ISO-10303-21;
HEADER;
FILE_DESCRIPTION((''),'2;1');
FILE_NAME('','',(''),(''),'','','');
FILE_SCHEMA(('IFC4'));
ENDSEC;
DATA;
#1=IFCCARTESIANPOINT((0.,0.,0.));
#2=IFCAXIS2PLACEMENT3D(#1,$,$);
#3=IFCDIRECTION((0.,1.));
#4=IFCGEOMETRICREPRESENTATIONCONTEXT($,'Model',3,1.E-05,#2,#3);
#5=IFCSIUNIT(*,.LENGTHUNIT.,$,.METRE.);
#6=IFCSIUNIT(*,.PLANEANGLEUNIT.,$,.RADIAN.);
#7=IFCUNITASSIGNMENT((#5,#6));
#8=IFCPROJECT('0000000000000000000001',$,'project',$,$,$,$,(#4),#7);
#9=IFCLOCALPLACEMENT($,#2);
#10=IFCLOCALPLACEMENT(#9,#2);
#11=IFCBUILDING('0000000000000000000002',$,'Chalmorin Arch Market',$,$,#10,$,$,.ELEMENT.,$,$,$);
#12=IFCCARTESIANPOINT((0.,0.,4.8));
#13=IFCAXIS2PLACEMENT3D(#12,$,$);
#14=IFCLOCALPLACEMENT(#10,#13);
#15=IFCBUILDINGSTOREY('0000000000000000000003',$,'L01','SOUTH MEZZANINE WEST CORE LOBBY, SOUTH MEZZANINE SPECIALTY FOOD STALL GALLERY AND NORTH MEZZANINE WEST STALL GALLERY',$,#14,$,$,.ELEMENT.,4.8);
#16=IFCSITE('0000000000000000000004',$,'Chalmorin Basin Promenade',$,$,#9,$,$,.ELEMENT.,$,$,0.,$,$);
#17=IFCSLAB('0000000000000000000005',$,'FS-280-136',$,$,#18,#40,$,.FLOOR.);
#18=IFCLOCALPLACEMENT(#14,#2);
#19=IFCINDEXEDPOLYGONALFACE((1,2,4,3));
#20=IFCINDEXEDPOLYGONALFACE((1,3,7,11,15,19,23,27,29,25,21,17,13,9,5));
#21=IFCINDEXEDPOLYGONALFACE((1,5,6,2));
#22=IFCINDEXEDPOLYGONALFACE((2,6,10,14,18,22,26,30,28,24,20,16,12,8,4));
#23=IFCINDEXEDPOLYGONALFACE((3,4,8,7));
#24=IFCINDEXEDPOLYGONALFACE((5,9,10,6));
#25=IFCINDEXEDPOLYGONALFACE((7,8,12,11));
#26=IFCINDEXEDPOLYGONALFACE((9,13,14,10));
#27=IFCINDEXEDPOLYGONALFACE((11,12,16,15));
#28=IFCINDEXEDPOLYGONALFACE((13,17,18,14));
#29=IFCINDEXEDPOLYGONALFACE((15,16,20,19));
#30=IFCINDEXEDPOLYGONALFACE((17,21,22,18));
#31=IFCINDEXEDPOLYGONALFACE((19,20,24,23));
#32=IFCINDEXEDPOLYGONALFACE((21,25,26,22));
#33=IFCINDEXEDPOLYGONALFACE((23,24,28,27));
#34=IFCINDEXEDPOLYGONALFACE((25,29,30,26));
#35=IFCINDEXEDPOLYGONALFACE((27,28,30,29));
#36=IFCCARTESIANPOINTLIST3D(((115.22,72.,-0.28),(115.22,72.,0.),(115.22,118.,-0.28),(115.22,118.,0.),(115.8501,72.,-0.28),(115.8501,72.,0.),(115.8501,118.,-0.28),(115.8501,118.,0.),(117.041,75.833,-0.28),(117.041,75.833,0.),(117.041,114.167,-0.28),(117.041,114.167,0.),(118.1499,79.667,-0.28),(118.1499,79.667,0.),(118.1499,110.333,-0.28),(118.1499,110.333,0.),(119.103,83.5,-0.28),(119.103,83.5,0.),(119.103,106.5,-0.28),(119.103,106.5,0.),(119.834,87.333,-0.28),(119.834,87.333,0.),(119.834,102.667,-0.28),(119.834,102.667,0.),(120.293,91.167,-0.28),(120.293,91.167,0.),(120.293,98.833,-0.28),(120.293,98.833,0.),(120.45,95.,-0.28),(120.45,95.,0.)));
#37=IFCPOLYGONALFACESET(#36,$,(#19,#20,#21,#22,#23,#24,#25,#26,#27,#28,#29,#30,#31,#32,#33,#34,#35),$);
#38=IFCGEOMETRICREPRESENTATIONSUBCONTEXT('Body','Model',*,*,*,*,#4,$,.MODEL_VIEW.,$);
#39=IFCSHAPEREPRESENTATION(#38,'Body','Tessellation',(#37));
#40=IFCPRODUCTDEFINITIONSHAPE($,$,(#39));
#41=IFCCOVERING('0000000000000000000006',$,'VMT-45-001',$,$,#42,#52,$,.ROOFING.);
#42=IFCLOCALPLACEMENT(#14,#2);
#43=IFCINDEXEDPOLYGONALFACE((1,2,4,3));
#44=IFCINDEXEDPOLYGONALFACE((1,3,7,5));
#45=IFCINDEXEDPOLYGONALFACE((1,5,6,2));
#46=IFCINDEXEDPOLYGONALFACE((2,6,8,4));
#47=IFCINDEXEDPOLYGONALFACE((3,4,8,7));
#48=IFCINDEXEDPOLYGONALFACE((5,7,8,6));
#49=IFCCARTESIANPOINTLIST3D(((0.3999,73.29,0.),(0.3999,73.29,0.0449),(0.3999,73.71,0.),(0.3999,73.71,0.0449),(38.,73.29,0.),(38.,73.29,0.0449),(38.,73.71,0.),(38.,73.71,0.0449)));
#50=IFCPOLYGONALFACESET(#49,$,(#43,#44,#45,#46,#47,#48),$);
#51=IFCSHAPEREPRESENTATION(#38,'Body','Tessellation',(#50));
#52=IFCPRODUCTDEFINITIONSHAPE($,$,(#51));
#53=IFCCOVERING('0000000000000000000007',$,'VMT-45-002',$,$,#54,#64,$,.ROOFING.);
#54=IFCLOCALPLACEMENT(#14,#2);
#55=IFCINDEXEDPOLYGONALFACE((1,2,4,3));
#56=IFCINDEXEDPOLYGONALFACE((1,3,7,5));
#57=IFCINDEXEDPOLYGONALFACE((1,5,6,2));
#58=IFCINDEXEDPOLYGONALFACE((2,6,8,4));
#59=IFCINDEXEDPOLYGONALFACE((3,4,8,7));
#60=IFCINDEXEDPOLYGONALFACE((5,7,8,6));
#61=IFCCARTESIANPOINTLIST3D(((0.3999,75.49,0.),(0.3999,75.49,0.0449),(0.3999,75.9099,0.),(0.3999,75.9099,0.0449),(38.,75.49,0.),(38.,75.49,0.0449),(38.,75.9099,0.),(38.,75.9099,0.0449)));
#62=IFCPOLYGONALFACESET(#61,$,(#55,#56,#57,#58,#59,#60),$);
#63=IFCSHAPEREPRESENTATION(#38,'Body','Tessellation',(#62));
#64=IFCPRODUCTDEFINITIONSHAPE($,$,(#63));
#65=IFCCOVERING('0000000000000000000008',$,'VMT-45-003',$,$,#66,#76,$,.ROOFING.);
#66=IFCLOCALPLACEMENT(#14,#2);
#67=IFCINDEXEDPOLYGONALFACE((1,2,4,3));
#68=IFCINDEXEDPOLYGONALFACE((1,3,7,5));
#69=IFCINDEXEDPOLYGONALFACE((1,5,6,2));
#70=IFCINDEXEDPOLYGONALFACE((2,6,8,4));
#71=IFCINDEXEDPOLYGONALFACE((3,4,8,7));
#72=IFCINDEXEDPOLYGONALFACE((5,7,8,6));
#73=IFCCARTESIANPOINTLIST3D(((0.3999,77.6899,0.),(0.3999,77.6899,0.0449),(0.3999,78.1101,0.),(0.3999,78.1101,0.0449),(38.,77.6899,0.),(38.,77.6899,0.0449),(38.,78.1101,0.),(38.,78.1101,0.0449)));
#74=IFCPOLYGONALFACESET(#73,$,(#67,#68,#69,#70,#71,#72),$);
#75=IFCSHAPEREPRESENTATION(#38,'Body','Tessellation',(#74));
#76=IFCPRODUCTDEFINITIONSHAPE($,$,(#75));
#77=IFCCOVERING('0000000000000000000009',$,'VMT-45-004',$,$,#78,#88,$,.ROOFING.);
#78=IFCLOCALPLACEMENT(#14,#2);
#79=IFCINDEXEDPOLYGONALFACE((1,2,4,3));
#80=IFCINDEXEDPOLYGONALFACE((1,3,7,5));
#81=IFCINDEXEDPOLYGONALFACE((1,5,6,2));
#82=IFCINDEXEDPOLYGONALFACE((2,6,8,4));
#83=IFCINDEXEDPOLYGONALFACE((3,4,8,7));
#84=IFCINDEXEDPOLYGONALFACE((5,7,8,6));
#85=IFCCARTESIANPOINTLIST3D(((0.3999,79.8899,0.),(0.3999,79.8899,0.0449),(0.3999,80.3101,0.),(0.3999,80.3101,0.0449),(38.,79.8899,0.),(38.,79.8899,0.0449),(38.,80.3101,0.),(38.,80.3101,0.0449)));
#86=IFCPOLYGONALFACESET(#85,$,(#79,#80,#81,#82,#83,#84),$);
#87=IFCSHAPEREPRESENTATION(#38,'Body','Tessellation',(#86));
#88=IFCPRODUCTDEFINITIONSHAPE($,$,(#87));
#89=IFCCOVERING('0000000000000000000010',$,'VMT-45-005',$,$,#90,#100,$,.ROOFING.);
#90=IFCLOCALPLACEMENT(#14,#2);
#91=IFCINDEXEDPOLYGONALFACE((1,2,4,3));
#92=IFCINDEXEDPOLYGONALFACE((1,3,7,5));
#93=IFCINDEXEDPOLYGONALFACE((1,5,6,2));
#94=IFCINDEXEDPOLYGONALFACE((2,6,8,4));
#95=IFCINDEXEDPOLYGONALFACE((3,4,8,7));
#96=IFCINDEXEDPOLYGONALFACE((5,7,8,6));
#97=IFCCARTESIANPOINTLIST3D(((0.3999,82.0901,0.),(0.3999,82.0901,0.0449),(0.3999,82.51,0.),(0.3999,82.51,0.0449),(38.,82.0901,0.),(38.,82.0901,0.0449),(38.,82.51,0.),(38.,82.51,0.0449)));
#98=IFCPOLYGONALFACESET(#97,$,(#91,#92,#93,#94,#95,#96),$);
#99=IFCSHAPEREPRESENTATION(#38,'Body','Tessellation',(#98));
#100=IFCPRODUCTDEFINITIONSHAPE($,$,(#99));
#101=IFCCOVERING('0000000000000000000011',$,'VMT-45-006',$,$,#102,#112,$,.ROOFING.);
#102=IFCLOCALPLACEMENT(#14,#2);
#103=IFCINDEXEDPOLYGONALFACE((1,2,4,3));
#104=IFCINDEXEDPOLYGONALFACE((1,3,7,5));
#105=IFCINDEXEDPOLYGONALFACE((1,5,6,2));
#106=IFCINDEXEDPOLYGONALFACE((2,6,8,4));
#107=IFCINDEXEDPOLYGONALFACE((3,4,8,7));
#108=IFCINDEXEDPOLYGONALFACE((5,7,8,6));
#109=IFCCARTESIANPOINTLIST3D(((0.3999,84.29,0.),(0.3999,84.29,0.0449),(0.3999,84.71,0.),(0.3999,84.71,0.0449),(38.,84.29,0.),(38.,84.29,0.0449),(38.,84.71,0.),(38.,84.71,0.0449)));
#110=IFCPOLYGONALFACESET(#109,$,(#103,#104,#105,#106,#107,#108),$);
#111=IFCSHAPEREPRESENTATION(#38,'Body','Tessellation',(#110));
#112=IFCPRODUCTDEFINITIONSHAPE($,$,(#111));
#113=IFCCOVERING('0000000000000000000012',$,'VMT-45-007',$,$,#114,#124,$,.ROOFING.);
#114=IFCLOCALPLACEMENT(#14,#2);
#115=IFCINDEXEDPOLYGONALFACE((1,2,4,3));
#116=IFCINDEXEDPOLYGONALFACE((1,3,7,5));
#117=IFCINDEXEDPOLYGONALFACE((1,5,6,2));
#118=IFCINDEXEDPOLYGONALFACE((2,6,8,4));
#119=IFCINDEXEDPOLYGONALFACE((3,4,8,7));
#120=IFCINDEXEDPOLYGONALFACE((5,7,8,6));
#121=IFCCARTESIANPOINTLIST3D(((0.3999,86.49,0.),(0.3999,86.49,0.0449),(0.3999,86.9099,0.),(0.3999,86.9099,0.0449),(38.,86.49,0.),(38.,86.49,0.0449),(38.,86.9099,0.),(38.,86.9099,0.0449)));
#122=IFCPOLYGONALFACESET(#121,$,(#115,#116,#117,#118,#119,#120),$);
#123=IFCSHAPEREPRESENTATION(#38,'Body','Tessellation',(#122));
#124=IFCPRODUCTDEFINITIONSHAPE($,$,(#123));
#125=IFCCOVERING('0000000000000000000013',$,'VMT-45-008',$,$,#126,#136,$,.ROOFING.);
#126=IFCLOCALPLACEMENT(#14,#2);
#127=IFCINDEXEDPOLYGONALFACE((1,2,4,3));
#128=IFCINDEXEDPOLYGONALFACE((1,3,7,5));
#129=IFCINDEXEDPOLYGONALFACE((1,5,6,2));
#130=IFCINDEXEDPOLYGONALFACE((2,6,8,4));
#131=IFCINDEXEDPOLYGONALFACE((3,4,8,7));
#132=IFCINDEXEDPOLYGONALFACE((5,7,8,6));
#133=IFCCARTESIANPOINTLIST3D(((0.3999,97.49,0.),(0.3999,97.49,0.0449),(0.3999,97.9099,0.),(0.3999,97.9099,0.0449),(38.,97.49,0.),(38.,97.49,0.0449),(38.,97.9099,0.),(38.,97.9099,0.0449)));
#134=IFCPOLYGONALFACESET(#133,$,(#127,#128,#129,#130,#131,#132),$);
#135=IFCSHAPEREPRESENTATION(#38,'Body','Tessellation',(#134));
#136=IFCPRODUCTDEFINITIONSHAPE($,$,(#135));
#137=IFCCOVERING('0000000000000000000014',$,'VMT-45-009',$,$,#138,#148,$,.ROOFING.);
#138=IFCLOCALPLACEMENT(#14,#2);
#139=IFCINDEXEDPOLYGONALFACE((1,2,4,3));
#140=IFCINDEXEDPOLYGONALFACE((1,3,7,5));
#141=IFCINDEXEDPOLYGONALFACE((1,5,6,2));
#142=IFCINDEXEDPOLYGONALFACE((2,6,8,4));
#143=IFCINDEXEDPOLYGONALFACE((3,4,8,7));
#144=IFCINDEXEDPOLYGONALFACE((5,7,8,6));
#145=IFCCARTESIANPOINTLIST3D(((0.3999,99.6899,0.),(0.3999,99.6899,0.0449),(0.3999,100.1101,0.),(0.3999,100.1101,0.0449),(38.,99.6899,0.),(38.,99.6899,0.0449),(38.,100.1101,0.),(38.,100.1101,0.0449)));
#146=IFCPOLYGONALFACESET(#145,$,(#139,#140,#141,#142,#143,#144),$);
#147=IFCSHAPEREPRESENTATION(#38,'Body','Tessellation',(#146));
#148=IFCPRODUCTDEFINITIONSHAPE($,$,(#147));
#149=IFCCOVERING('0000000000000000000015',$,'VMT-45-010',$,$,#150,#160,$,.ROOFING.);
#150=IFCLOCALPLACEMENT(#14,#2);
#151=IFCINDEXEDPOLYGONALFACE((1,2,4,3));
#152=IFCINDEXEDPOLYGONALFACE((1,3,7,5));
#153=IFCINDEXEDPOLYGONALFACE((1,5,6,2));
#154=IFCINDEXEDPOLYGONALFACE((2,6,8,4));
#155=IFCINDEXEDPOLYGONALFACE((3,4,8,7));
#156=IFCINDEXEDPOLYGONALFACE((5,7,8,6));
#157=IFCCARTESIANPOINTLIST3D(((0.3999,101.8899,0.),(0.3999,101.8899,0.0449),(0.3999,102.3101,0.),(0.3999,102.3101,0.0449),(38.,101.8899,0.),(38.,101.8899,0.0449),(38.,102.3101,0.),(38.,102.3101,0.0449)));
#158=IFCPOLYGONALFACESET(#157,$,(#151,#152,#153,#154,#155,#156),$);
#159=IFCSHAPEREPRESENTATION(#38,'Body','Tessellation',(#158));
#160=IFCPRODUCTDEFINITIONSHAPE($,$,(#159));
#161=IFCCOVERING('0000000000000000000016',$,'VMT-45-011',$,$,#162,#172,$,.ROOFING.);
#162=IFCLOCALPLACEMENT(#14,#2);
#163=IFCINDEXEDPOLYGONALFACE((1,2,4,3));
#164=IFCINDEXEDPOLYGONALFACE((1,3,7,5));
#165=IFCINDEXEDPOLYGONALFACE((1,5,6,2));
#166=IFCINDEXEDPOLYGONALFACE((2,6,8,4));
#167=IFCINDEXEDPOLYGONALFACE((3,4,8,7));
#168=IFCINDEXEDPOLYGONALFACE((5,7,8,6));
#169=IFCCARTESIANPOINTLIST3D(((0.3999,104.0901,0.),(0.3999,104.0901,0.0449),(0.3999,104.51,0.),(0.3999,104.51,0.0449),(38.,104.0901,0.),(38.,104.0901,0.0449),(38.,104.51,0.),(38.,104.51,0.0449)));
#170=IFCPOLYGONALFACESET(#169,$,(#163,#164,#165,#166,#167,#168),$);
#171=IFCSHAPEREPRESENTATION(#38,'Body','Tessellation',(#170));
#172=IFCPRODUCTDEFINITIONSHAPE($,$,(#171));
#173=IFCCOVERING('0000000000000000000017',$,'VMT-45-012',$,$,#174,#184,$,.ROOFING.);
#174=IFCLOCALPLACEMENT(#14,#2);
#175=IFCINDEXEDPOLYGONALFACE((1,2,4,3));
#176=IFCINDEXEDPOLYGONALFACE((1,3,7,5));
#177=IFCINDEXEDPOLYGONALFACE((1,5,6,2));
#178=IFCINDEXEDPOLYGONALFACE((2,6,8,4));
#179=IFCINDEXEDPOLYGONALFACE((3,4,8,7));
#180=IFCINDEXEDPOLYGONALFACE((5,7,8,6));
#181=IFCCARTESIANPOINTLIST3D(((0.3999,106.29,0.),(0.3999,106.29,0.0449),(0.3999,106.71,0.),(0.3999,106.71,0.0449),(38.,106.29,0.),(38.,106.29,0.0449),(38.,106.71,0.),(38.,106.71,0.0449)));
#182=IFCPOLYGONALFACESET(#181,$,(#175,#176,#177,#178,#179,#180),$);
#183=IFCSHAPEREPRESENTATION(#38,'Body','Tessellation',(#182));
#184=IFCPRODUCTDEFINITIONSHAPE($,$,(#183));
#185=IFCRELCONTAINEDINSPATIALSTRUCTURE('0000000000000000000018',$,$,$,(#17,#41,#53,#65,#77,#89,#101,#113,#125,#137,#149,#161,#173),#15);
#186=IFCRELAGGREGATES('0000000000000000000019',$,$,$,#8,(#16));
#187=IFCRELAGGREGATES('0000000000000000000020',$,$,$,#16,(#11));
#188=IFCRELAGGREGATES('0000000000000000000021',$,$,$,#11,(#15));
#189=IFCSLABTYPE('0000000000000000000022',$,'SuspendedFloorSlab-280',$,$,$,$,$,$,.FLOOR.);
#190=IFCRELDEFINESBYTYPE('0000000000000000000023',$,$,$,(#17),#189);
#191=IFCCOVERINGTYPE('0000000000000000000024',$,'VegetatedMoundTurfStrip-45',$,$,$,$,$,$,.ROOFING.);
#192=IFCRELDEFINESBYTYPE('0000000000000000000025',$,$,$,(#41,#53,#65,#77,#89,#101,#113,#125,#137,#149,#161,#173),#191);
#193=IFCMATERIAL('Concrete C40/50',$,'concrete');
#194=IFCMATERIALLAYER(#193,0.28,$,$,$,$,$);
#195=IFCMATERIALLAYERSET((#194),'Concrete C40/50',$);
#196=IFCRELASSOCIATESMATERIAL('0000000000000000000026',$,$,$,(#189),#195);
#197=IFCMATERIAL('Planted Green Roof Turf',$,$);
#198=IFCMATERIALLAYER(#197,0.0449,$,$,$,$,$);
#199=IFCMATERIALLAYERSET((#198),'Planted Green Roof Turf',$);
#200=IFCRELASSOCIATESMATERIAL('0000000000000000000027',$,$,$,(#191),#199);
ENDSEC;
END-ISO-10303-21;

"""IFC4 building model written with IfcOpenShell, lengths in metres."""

from ifc_helpers import new_model, si_unit, direction, frame, origin, place, context, subcontext, project, spatial, polyline, outline, extrude, material, layer, layer_set, type_object, element, save


model = new_model("IFC4")

# Units and contexts
model_context = context("Model", 3, precision=1e-05, world=origin(), true_north=direction((0.0, 1.0)))
body_context = subcontext(model_context, "Body", "Model", "MODEL_VIEW")
ifc_project = project(units=[si_unit("LENGTHUNIT", "METRE"), si_unit("PLANEANGLEUNIT", "RADIAN")], contexts=[model_context])

# Site, building, storey
site_placement = place(None, origin())
site = spatial("IfcSite", under=ifc_project, at=site_placement, Name="Chalmorin Basin Promenade", CompositionType="ELEMENT", RefElevation=0.0)
building_placement = place(site_placement, origin())
building = spatial("IfcBuilding", under=site, at=building_placement, Name="Chalmorin Arch Market", CompositionType="ELEMENT")
storey_placement = place(building_placement, frame((0.0, 0.0, 4.8)))
storey = spatial("IfcBuildingStorey", under=building, at=storey_placement, Name="L01", Description="SOUTH MEZZANINE WEST CORE LOBBY, SOUTH MEZZANINE SPECIALTY FOOD STALL GALLERY AND NORTH MEZZANINE WEST STALL GALLERY", CompositionType="ELEMENT", Elevation=4.8)

# Shared definitions
ifc_material_1 = material(Name="Concrete C40/50", Category="concrete")

# Slab
ifc_layer_1 = layer(ifc_material_1, 0.28)
ifc_layer_set_1 = layer_set([ifc_layer_1], Name="Concrete C40/50")
slab_type_1 = type_object("IfcSlabType", Name="SuspendedFloorSlab-280", PredefinedType="FLOOR", material=ifc_layer_set_1)
slab_1_placement = place(storey_placement, frame((0.0, 0.0, -0.28)))
element("IfcSlab", 1, at=slab_1_placement, inside=storey, type_object=slab_type_1, Name="FS-280-136", PredefinedType="FLOOR", context=body_context, shape_type="SweptSolid", body=[
    extrude(outline(polyline([(115.22, 72.0), (115.8501, 72.0), (117.041, 75.833), (118.1499, 79.667), (119.103, 83.5), (119.834, 87.333), (120.293, 91.167), (120.45, 95.0), (120.293, 98.833), (119.834, 102.667), (119.103, 106.5), (118.1499, 110.333), (117.041, 114.167), (115.8501, 118.0), (115.22, 118.0), (115.22, 72.0)])), origin(), (0.0, 0.0, 1.0), 0.28),
])

# Coverings
ifc_material_2 = material(Name="Planted Green Roof Turf")
ifc_layer_2 = layer(ifc_material_2, 0.0449)
ifc_layer_set_2 = layer_set([ifc_layer_2], Name="Planted Green Roof Turf")
covering_type = type_object("IfcCoveringType", Name="VegetatedMoundTurfStrip-45", PredefinedType="ROOFING", material=ifc_layer_set_2)
covering_1_placement = place(storey_placement, origin())
element("IfcCovering", 2, at=covering_1_placement, inside=storey, type_object=covering_type, Name="VMT-45-001", PredefinedType="ROOFING", context=body_context, shape_type="SweptSolid", body=[
    extrude(outline(polyline([(0.3999, 73.29), (38.0, 73.29), (38.0, 73.71), (0.3999, 73.71), (0.3999, 73.29)])), origin(), (0.0, 0.0, 1.0), 0.0449),
])
covering_2_placement = place(storey_placement, origin())
element("IfcCovering", 3, at=covering_2_placement, inside=storey, type_object=covering_type, Name="VMT-45-002", PredefinedType="ROOFING", context=body_context, shape_type="SweptSolid", body=[
    extrude(outline(polyline([(0.3999, 75.49), (38.0, 75.49), (38.0, 75.9099), (0.3999, 75.9099), (0.3999, 75.49)])), origin(), (0.0, 0.0, 1.0), 0.0449),
])
covering_3_placement = place(storey_placement, origin())
element("IfcCovering", 4, at=covering_3_placement, inside=storey, type_object=covering_type, Name="VMT-45-003", PredefinedType="ROOFING", context=body_context, shape_type="SweptSolid", body=[
    extrude(outline(polyline([(0.3999, 77.6899), (38.0, 77.6899), (38.0, 78.1101), (0.3999, 78.1101), (0.3999, 77.6899)])), origin(), (0.0, 0.0, 1.0), 0.0449),
])
covering_4_placement = place(storey_placement, origin())
element("IfcCovering", 5, at=covering_4_placement, inside=storey, type_object=covering_type, Name="VMT-45-004", PredefinedType="ROOFING", context=body_context, shape_type="SweptSolid", body=[
    extrude(outline(polyline([(0.3999, 79.8899), (38.0, 79.8899), (38.0, 80.3101), (0.3999, 80.3101), (0.3999, 79.8899)])), origin(), (0.0, 0.0, 1.0), 0.0449),
])
covering_5_placement = place(storey_placement, origin())
element("IfcCovering", 6, at=covering_5_placement, inside=storey, type_object=covering_type, Name="VMT-45-005", PredefinedType="ROOFING", context=body_context, shape_type="SweptSolid", body=[
    extrude(outline(polyline([(0.3999, 82.0901), (38.0, 82.0901), (38.0, 82.51), (0.3999, 82.51), (0.3999, 82.0901)])), origin(), (0.0, 0.0, 1.0), 0.0449),
])
covering_6_placement = place(storey_placement, origin())
element("IfcCovering", 7, at=covering_6_placement, inside=storey, type_object=covering_type, Name="VMT-45-006", PredefinedType="ROOFING", context=body_context, shape_type="SweptSolid", body=[
    extrude(outline(polyline([(0.3999, 84.29), (38.0, 84.29), (38.0, 84.71), (0.3999, 84.71), (0.3999, 84.29)])), origin(), (0.0, 0.0, 1.0), 0.0449),
])
covering_7_placement = place(storey_placement, origin())
element("IfcCovering", 8, at=covering_7_placement, inside=storey, type_object=covering_type, Name="VMT-45-007", PredefinedType="ROOFING", context=body_context, shape_type="SweptSolid", body=[
    extrude(outline(polyline([(0.3999, 86.49), (38.0, 86.49), (38.0, 86.9099), (0.3999, 86.9099), (0.3999, 86.49)])), origin(), (0.0, 0.0, 1.0), 0.0449),
])
covering_8_placement = place(storey_placement, origin())
element("IfcCovering", 9, at=covering_8_placement, inside=storey, type_object=covering_type, Name="VMT-45-008", PredefinedType="ROOFING", context=body_context, shape_type="SweptSolid", body=[
    extrude(outline(polyline([(0.3999, 97.49), (38.0, 97.49), (38.0, 97.9099), (0.3999, 97.9099), (0.3999, 97.49)])), origin(), (0.0, 0.0, 1.0), 0.0449),
])
covering_9_placement = place(storey_placement, origin())
element("IfcCovering", 10, at=covering_9_placement, inside=storey, type_object=covering_type, Name="VMT-45-009", PredefinedType="ROOFING", context=body_context, shape_type="SweptSolid", body=[
    extrude(outline(polyline([(0.3999, 99.6899), (38.0, 99.6899), (38.0, 100.1101), (0.3999, 100.1101), (0.3999, 99.6899)])), origin(), (0.0, 0.0, 1.0), 0.0449),
])
covering_10_placement = place(storey_placement, origin())
element("IfcCovering", 11, at=covering_10_placement, inside=storey, type_object=covering_type, Name="VMT-45-010", PredefinedType="ROOFING", context=body_context, shape_type="SweptSolid", body=[
    extrude(outline(polyline([(0.3999, 101.8899), (38.0, 101.8899), (38.0, 102.3101), (0.3999, 102.3101), (0.3999, 101.8899)])), origin(), (0.0, 0.0, 1.0), 0.0449),
])
covering_11_placement = place(storey_placement, origin())
element("IfcCovering", 12, at=covering_11_placement, inside=storey, type_object=covering_type, Name="VMT-45-011", PredefinedType="ROOFING", context=body_context, shape_type="SweptSolid", body=[
    extrude(outline(polyline([(0.3999, 104.0901), (38.0, 104.0901), (38.0, 104.51), (0.3999, 104.51), (0.3999, 104.0901)])), origin(), (0.0, 0.0, 1.0), 0.0449),
])
covering_12_placement = place(storey_placement, origin())
element("IfcCovering", 13, at=covering_12_placement, inside=storey, type_object=covering_type, Name="VMT-45-012", PredefinedType="ROOFING", context=body_context, shape_type="SweptSolid", body=[
    extrude(outline(polyline([(0.3999, 106.29), (38.0, 106.29), (38.0, 106.71), (0.3999, 106.71), (0.3999, 106.29)])), origin(), (0.0, 0.0, 1.0), 0.0449),
])

save(model, "model.ifc")
